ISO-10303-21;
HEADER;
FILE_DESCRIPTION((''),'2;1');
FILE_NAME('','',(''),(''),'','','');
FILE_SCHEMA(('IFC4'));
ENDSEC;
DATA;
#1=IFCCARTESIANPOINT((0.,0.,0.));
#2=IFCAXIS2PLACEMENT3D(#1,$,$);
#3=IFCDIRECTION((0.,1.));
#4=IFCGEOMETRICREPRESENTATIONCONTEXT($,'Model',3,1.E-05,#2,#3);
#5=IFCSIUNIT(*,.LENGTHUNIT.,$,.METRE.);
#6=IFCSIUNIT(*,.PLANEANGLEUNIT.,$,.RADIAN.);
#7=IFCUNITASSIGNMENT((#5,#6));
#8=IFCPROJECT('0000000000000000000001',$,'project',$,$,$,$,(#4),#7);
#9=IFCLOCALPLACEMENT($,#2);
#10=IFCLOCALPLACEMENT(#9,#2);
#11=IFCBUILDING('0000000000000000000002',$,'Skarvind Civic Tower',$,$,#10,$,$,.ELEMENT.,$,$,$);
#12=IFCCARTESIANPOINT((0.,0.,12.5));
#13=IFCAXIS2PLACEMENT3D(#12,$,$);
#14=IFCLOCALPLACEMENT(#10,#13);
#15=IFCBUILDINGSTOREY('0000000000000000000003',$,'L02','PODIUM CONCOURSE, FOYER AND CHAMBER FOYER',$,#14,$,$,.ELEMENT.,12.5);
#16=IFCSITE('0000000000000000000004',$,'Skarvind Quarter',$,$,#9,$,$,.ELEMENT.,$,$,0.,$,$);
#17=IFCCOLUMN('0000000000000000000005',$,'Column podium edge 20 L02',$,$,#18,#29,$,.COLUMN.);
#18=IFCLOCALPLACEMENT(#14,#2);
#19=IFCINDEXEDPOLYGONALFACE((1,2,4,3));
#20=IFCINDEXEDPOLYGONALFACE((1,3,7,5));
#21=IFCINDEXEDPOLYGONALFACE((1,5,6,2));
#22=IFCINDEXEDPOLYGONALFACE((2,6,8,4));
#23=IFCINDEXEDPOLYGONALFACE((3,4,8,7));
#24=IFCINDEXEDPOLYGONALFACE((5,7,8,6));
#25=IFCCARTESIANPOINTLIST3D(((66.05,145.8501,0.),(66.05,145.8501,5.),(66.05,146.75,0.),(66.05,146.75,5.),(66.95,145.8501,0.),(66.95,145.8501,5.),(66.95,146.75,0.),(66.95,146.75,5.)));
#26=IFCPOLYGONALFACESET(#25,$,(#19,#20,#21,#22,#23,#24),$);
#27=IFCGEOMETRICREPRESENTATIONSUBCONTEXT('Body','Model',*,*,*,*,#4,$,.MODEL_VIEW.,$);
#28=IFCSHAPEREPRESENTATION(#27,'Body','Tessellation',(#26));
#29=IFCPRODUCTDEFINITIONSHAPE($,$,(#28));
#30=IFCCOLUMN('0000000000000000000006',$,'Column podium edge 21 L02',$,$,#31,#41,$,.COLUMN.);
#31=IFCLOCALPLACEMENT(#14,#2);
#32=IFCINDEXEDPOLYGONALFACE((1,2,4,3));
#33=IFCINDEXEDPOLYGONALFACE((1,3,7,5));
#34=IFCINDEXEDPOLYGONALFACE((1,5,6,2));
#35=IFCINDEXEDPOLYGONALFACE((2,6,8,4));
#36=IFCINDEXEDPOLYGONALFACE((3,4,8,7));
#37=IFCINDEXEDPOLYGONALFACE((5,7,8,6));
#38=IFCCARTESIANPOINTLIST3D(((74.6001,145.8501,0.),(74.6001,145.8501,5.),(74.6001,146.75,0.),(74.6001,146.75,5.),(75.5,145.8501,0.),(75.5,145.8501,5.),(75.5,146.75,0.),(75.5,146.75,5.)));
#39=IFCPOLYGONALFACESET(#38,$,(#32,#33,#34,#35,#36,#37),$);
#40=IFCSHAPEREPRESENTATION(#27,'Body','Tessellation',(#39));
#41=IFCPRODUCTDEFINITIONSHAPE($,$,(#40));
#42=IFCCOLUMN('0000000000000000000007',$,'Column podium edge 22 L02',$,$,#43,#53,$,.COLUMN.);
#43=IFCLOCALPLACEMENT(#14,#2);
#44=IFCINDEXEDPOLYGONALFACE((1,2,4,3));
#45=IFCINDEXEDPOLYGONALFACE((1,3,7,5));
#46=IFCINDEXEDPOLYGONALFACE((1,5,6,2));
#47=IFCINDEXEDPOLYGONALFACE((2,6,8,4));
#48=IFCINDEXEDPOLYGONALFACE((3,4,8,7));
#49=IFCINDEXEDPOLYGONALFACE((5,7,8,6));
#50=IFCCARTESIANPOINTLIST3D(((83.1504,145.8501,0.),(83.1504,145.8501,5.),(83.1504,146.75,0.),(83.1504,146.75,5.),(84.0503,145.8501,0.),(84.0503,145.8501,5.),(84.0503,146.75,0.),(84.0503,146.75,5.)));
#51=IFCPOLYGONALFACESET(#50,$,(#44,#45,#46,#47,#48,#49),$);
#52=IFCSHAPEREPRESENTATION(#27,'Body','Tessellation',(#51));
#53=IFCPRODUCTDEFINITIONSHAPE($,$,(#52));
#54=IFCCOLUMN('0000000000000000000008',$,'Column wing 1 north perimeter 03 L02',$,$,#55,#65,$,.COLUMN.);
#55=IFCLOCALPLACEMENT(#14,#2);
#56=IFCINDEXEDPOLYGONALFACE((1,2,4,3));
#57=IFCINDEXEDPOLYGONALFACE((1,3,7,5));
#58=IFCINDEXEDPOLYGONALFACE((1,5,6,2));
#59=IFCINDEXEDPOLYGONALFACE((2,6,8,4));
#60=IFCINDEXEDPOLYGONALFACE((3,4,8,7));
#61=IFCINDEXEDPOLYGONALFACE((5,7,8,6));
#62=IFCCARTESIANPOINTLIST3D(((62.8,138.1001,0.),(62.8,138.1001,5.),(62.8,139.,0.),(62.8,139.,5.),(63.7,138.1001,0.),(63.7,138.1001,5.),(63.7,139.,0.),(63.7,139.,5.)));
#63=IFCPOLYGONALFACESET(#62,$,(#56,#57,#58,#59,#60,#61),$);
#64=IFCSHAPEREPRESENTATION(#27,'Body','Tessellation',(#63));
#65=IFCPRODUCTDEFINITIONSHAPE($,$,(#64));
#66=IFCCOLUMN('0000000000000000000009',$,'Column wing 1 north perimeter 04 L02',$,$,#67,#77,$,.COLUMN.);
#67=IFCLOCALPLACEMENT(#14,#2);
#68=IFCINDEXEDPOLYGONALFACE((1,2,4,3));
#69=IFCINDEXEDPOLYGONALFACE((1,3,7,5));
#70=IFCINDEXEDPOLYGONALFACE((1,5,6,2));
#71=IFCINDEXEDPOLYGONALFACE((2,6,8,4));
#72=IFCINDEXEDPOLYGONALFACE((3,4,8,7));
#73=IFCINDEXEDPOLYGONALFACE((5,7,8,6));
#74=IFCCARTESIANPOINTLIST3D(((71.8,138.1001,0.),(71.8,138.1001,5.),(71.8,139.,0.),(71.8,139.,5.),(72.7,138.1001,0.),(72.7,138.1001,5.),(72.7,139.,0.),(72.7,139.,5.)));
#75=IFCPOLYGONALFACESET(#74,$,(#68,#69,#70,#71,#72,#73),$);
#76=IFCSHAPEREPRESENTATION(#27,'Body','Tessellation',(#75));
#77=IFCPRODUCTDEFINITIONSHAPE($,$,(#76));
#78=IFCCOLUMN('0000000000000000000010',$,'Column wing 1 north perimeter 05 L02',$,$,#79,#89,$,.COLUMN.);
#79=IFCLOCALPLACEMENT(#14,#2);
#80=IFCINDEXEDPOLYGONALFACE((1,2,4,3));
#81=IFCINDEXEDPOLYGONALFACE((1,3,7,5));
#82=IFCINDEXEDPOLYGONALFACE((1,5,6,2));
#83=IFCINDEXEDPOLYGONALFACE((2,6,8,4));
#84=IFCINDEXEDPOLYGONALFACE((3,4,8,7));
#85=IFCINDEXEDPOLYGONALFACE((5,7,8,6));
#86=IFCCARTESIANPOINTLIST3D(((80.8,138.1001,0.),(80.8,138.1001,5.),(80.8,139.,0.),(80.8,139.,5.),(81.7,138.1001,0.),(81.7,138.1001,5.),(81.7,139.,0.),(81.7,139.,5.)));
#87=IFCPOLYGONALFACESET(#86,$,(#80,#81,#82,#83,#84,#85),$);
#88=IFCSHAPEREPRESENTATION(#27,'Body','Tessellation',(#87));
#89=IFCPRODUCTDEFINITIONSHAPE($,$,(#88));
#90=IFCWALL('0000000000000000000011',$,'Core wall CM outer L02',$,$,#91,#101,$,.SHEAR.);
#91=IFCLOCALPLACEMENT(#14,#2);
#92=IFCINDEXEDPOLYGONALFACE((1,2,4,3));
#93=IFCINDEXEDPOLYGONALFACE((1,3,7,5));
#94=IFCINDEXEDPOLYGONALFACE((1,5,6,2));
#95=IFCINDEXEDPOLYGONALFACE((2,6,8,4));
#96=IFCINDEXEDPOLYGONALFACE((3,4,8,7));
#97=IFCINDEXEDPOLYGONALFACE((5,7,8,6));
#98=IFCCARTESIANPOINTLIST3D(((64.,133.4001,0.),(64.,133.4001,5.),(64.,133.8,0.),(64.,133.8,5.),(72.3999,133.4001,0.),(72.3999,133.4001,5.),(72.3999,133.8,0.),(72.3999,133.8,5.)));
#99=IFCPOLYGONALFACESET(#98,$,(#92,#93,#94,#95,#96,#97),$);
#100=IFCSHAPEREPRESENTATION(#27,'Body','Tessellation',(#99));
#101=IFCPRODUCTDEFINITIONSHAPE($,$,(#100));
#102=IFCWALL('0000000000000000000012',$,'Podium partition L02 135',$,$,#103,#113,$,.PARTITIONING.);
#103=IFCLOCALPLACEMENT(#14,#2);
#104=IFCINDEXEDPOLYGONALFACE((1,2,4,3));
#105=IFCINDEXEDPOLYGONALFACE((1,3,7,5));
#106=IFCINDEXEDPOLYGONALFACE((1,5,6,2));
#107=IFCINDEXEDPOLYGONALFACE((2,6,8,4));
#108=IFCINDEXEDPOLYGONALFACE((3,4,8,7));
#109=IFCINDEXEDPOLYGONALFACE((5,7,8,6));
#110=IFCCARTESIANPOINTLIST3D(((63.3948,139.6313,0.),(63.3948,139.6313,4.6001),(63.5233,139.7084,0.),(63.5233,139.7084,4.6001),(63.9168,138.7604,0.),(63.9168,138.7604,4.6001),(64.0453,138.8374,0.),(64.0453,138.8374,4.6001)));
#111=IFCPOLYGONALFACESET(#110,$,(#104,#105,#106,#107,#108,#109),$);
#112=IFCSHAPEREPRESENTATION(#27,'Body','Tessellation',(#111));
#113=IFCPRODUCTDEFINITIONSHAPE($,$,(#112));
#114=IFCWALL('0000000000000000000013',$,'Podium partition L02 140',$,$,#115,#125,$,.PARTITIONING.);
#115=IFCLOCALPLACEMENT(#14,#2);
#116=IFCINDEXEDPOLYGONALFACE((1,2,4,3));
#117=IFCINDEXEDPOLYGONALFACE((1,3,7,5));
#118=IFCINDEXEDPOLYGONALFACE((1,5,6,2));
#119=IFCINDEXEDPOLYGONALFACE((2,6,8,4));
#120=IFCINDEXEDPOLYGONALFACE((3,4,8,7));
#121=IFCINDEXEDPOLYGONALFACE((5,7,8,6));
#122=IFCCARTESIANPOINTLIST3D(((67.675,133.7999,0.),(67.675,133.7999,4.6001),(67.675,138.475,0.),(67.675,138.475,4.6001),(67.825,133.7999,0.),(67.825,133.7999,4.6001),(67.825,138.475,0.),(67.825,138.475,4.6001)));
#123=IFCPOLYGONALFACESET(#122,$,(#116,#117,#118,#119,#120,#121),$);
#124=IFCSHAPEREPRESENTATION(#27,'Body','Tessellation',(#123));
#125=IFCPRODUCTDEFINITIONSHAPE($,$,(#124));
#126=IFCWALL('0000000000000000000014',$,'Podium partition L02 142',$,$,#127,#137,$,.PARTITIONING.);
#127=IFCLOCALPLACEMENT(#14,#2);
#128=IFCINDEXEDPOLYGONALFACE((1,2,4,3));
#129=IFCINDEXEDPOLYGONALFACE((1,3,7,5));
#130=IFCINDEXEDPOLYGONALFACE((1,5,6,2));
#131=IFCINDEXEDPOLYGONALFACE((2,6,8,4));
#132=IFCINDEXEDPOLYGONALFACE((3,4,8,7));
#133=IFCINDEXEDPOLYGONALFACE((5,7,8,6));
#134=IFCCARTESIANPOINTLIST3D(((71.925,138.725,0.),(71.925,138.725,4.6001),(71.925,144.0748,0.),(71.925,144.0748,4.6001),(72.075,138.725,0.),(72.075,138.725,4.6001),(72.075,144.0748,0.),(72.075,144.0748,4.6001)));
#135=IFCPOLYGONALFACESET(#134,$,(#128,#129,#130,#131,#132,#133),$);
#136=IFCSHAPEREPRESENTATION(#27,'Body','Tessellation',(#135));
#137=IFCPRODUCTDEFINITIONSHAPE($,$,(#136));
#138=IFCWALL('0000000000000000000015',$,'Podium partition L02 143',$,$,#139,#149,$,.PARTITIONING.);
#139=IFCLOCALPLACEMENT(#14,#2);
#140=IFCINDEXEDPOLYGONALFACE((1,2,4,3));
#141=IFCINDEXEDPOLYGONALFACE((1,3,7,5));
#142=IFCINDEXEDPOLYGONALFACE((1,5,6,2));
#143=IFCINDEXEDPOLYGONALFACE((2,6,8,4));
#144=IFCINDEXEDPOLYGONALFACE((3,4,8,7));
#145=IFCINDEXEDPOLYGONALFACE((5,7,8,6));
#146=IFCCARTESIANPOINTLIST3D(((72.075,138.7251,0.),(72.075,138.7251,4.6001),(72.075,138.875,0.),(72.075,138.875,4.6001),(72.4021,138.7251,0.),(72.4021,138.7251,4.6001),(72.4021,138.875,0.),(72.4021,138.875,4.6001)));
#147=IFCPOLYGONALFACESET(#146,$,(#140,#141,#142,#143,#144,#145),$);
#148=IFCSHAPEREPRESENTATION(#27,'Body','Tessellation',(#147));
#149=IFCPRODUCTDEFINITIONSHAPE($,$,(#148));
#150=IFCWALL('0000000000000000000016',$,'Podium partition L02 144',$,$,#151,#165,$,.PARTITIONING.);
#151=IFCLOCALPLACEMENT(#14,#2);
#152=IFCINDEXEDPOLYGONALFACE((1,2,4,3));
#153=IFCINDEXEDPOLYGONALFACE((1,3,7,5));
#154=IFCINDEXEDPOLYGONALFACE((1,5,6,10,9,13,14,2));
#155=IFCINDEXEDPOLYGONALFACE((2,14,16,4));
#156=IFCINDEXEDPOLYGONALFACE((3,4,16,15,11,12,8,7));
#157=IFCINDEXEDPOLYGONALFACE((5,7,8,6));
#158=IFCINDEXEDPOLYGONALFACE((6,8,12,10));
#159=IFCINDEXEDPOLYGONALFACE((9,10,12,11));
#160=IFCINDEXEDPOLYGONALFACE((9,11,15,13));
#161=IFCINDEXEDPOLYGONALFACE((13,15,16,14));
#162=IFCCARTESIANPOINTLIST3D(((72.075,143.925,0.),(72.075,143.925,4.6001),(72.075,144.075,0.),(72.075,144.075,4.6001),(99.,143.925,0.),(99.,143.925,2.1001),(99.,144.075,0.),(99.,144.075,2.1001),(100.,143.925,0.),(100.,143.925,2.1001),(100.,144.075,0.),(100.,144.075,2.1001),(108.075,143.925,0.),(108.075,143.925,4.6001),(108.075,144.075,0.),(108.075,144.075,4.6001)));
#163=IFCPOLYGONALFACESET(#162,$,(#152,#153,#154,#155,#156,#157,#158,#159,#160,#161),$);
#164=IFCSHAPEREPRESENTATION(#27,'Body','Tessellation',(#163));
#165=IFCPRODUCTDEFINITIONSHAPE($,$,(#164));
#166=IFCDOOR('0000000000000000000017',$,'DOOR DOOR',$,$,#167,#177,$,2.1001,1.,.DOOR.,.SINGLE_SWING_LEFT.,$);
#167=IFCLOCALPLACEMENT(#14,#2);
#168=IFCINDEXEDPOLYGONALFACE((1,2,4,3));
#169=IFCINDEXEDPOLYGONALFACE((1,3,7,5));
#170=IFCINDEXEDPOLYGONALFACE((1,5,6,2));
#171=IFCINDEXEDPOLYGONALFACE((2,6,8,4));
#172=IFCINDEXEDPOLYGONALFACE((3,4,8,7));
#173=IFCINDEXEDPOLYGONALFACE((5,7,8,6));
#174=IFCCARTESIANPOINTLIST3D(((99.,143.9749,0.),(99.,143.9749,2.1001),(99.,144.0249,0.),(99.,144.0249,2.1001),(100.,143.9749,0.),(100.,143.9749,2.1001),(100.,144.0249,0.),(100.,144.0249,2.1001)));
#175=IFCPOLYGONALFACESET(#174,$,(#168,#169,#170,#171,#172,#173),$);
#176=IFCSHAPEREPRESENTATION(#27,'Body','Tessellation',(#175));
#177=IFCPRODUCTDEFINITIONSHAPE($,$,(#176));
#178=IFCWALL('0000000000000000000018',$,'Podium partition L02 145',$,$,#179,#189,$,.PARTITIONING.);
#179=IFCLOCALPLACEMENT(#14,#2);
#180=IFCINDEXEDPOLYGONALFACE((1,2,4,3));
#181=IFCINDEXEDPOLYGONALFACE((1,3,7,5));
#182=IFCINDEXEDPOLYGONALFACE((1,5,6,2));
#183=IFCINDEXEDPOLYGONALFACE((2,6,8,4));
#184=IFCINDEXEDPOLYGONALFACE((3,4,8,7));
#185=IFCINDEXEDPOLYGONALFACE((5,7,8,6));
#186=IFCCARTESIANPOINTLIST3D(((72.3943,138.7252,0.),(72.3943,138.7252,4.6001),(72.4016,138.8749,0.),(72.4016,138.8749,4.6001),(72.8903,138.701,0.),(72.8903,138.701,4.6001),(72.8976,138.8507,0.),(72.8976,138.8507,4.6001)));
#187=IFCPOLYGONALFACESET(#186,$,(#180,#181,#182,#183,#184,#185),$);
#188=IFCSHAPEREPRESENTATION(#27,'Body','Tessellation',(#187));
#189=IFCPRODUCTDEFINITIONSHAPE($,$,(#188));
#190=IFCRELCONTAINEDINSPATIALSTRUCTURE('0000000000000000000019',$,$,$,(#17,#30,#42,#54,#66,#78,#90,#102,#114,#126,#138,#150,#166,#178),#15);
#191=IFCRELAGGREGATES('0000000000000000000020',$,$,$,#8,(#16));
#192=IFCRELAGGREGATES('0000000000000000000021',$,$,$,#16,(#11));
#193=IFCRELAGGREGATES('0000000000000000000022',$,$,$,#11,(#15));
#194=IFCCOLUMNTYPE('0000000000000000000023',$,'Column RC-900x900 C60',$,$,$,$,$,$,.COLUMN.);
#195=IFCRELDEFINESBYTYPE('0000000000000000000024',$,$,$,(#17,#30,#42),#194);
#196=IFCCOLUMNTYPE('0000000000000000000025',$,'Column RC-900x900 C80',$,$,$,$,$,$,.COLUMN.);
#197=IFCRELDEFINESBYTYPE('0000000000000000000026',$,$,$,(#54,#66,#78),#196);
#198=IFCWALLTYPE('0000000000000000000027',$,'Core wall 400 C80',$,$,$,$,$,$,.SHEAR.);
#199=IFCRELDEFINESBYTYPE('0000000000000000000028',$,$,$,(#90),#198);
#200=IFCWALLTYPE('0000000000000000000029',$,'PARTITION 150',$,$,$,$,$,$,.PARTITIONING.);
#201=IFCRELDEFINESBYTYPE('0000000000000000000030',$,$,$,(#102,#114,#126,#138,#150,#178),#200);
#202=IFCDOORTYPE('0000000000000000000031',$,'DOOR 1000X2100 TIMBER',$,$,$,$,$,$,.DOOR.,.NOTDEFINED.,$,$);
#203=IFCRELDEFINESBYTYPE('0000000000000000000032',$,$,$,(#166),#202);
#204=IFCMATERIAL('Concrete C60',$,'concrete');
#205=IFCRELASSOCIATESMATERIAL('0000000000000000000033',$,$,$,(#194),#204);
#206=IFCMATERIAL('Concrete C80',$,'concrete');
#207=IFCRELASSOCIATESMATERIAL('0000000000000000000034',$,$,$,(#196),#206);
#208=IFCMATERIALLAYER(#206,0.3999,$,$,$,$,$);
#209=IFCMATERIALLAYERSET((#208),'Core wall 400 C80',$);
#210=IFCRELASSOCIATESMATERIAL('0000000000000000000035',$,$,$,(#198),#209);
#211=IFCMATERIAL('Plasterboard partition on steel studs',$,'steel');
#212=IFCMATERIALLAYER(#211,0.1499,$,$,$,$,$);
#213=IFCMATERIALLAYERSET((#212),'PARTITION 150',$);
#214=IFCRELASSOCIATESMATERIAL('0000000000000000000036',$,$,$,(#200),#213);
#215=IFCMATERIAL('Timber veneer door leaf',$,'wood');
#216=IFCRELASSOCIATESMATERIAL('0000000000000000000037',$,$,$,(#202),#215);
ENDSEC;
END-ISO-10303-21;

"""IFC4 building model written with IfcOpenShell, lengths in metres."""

from ifc_helpers import new_model, si_unit, direction, frame, frame_2d, origin, origin_2d, place, context, subcontext, project, spatial, rectangle, extrude, material, layer, layer_set, material_profile, profile_set, type_object, element, fill, save


model = new_model("IFC4")

# Units and contexts
model_context = context("Model", 3, precision=1e-05, world=origin(), true_north=direction((0.0, 1.0)))
body_context = subcontext(model_context, "Body", "Model", "MODEL_VIEW")
ifc_project = project(units=[si_unit("LENGTHUNIT", "METRE"), si_unit("PLANEANGLEUNIT", "RADIAN")], contexts=[model_context])

# Site, building, storey
site_placement = place(None, origin())
site = spatial("IfcSite", under=ifc_project, at=site_placement, Name="Skarvind Quarter", CompositionType="ELEMENT", RefElevation=0.0)
building_placement = place(site_placement, origin())
building = spatial("IfcBuilding", under=site, at=building_placement, Name="Skarvind Civic Tower", CompositionType="ELEMENT")
storey_placement = place(building_placement, frame((0.0, 0.0, 12.5)))
storey = spatial("IfcBuildingStorey", under=building, at=storey_placement, Name="L02", Description="PODIUM CONCOURSE, FOYER AND CHAMBER FOYER", CompositionType="ELEMENT", Elevation=12.5)

# Columns
ifc_material_1 = material(Name="Concrete C60", Category="concrete")
ifc_material_profile_1 = material_profile(ifc_material_1, rectangle(XDim=0.8999, YDim=0.8999, at=origin_2d()), Name="RC-900x900")
ifc_profile_set_1 = profile_set([ifc_material_profile_1], Name="Concrete C60")
column_type_1 = type_object("IfcColumnType", Name="Column RC-900x900 C60", PredefinedType="COLUMN", material=ifc_profile_set_1)
for number, where, z_axis, x_axis, name in (
    (1, (66.5, 146.3, 0.0), (0.0, 0.0, 1.0), (1.0, 0.0, 0.0), "Column podium edge 20 L02"),
    (2, (75.05, 146.3, 0.0), (0.0, 0.0, 1.0), (1.0, 0.0, 0.0), "Column podium edge 21 L02"),
    (3, (83.6003, 146.3, 0.0), (0.0, 0.0, 1.0), (1.0, 0.0, 0.0), "Column podium edge 22 L02"),
):
    element("IfcColumn", number, at=place(storey_placement, frame(where, z_axis=z_axis, x_axis=x_axis)), inside=storey, type_object=column_type_1, Name=name, PredefinedType="COLUMN", context=body_context, shape_type="SweptSolid", body=[
        extrude(rectangle(XDim=0.8999, YDim=0.8999, at=origin_2d()), origin(), (0.0, 0.0, 1.0), 5.0),
    ])
ifc_material_2 = material(Name="Concrete C80", Category="concrete")
ifc_material_profile_2 = material_profile(ifc_material_2, rectangle(XDim=0.8999, YDim=0.8999, at=origin_2d()), Name="RC-900x900")
ifc_profile_set_2 = profile_set([ifc_material_profile_2], Name="Concrete C80")
column_type_2 = type_object("IfcColumnType", Name="Column RC-900x900 C80", PredefinedType="COLUMN", material=ifc_profile_set_2)
for number, where, z_axis, x_axis, name in (
    (4, (63.25, 138.55, 0.0), (0.0, 0.0, 1.0), (1.0, 0.0, 0.0), "Column wing 1 north perimeter 03 L02"),
    (5, (72.25, 138.55, 0.0), (0.0, 0.0, 1.0), (1.0, 0.0, 0.0), "Column wing 1 north perimeter 04 L02"),
    (6, (81.25, 138.55, 0.0), (0.0, 0.0, 1.0), (1.0, 0.0, 0.0), "Column wing 1 north perimeter 05 L02"),
):
    element("IfcColumn", number, at=place(storey_placement, frame(where, z_axis=z_axis, x_axis=x_axis)), inside=storey, type_object=column_type_2, Name=name, PredefinedType="COLUMN", context=body_context, shape_type="SweptSolid", body=[
        extrude(rectangle(XDim=0.8999, YDim=0.8999, at=origin_2d()), origin(), (0.0, 0.0, 1.0), 5.0),
    ])

# Walls
ifc_layer_1 = layer(ifc_material_2, 0.3999)
ifc_layer_set_1 = layer_set([ifc_layer_1], Name="Core wall 400 C80")
wall_type_1 = type_object("IfcWallType", Name="Core wall 400 C80", PredefinedType="SHEAR", material=ifc_layer_set_1)
wall_1_placement = place(storey_placement, frame((64.0, 133.6001, 0.0), z_axis=(0.0, 0.0, 1.0), x_axis=(1.0, 0.0, 0.0)))
element("IfcWall", 7, at=wall_1_placement, inside=storey, type_object=wall_type_1, Name="Core wall CM outer L02", PredefinedType="SHEAR", context=body_context, shape_type="SweptSolid", body=[
    extrude(rectangle(XDim=8.3999, YDim=0.3999, at=frame_2d((4.2, 0.0))), origin(), (0.0, 0.0, 1.0), 5.0),
])
ifc_material_3 = material(Name="Plasterboard partition on steel studs", Category="steel")
ifc_layer_2 = layer(ifc_material_3, 0.1499)
ifc_layer_set_2 = layer_set([ifc_layer_2], Name="PARTITION 150")
wall_type_2 = type_object("IfcWallType", Name="PARTITION 150", PredefinedType="PARTITIONING", material=ifc_layer_set_2)
wall_2_placement = place(storey_placement, frame((63.459, 139.6699, 0.0), z_axis=(0.0, 0.0, 1.0), x_axis=(0.514107, -0.857726, 0.0)))
element("IfcWall", 8, at=wall_2_placement, inside=storey, type_object=wall_type_2, Name="Podium partition L02 135", PredefinedType="PARTITIONING", context=body_context, shape_type="SweptSolid", body=[
    extrude(rectangle(XDim=1.0154, YDim=0.1499, at=frame_2d((0.5078, 0.0))), origin(), (0.0, 0.0, 1.0), 4.6001),
])
wall_3_placement = place(storey_placement, frame((67.75, 133.8, 0.0), z_axis=(0.0, 0.0, 1.0), x_axis=(0.0, 1.0, 0.0)))
element("IfcWall", 9, at=wall_3_placement, inside=storey, type_object=wall_type_2, Name="Podium partition L02 140", PredefinedType="PARTITIONING", context=body_context, shape_type="SweptSolid", body=[
    extrude(rectangle(XDim=4.675, YDim=0.1499, at=frame_2d((2.3374, 0.0))), origin(), (0.0, 0.0, 1.0), 4.6001),
])
wall_4_placement = place(storey_placement, frame((72.0, 138.7251, 0.0), z_axis=(0.0, 0.0, 1.0), x_axis=(0.0, 1.0, 0.0)))
element("IfcWall", 10, at=wall_4_placement, inside=storey, type_object=wall_type_2, Name="Podium partition L02 142", PredefinedType="PARTITIONING", context=body_context, shape_type="SweptSolid", body=[
    extrude(rectangle(XDim=5.3499, YDim=0.1499, at=frame_2d((2.6748, 0.0))), origin(), (0.0, 0.0, 1.0), 4.6001),
])
wall_5_placement = place(storey_placement, frame((72.075, 138.8, 0.0), z_axis=(0.0, 0.0, 1.0), x_axis=(1.0, 0.0, 0.0)))
element("IfcWall", 11, at=wall_5_placement, inside=storey, type_object=wall_type_2, Name="Podium partition L02 143", PredefinedType="PARTITIONING", context=body_context, shape_type="SweptSolid", body=[
    extrude(rectangle(XDim=0.3271, YDim=0.1499, at=frame_2d((0.1636, 0.0))), origin(), (0.0, 0.0, 1.0), 4.6001),
])

# Wall, opening, door
wall_6_placement = place(storey_placement, frame((72.075, 144.0, 0.0), z_axis=(0.0, 0.0, 1.0), x_axis=(1.0, 0.0, 0.0)))
wall_6 = element("IfcWall", 12, at=wall_6_placement, inside=storey, type_object=wall_type_2, Name="Podium partition L02 144", PredefinedType="PARTITIONING", context=body_context, shape_type="SweptSolid", body=[
    extrude(rectangle(XDim=36.0, YDim=0.1499, at=frame_2d((18.0, 0.0))), origin(), (0.0, 0.0, 1.0), 4.6001),
])
opening_placement = place(wall_6_placement, frame((26.925, 0.0, 0.0)))
opening = element("IfcOpeningElement", 13, at=opening_placement, cuts=wall_6, PredefinedType="OPENING", context=body_context, shape_type="SweptSolid", body=[
    extrude(rectangle(XDim=1.0, YDim=2.1001, at=frame_2d((0.5, 1.05))), frame((0.0, 0.085, 0.0), z_axis=(0.0, -1.0, 0.0), x_axis=(1.0, 0.0, 0.0)), (0.0, 0.0, 1.0), 0.1699),
])
ifc_material_4 = material(Name="Timber veneer door leaf", Category="wood")
door_type = type_object("IfcDoorType", Name="DOOR 1000X2100 TIMBER", OperationType="NOTDEFINED", PredefinedType="DOOR", material=ifc_material_4)
door_placement = place(opening_placement, origin())
door = element("IfcDoor", 14, at=door_placement, inside=storey, type_object=door_type, Name="DOOR DOOR", OperationType="SINGLE_SWING_LEFT", OverallHeight=2.1001, OverallWidth=1.0, PredefinedType="DOOR", context=body_context, shape_type="SweptSolid", body=[
    extrude(rectangle(XDim=1.0, YDim=2.1001, at=frame_2d((0.5, 1.05))), frame((0.0, 0.0249, 0.0), z_axis=(0.0, -1.0, 0.0), x_axis=(1.0, 0.0, 0.0)), (0.0, 0.0, 1.0), 0.05),
])
fill(opening, door)

# Wall
wall_7_placement = place(storey_placement, frame((72.3979, 138.8, 0.0), z_axis=(0.0, 0.0, 1.0), x_axis=(0.998815, -0.048663, 0.0)))
element("IfcWall", 15, at=wall_7_placement, inside=storey, type_object=wall_type_2, Name="Podium partition L02 145", PredefinedType="PARTITIONING", context=body_context, shape_type="SweptSolid", body=[
    extrude(rectangle(XDim=0.4966, YDim=0.1499, at=frame_2d((0.2483, 0.0))), origin(), (0.0, 0.0, 1.0), 4.6001),
])

save(model, "model.ifc")
